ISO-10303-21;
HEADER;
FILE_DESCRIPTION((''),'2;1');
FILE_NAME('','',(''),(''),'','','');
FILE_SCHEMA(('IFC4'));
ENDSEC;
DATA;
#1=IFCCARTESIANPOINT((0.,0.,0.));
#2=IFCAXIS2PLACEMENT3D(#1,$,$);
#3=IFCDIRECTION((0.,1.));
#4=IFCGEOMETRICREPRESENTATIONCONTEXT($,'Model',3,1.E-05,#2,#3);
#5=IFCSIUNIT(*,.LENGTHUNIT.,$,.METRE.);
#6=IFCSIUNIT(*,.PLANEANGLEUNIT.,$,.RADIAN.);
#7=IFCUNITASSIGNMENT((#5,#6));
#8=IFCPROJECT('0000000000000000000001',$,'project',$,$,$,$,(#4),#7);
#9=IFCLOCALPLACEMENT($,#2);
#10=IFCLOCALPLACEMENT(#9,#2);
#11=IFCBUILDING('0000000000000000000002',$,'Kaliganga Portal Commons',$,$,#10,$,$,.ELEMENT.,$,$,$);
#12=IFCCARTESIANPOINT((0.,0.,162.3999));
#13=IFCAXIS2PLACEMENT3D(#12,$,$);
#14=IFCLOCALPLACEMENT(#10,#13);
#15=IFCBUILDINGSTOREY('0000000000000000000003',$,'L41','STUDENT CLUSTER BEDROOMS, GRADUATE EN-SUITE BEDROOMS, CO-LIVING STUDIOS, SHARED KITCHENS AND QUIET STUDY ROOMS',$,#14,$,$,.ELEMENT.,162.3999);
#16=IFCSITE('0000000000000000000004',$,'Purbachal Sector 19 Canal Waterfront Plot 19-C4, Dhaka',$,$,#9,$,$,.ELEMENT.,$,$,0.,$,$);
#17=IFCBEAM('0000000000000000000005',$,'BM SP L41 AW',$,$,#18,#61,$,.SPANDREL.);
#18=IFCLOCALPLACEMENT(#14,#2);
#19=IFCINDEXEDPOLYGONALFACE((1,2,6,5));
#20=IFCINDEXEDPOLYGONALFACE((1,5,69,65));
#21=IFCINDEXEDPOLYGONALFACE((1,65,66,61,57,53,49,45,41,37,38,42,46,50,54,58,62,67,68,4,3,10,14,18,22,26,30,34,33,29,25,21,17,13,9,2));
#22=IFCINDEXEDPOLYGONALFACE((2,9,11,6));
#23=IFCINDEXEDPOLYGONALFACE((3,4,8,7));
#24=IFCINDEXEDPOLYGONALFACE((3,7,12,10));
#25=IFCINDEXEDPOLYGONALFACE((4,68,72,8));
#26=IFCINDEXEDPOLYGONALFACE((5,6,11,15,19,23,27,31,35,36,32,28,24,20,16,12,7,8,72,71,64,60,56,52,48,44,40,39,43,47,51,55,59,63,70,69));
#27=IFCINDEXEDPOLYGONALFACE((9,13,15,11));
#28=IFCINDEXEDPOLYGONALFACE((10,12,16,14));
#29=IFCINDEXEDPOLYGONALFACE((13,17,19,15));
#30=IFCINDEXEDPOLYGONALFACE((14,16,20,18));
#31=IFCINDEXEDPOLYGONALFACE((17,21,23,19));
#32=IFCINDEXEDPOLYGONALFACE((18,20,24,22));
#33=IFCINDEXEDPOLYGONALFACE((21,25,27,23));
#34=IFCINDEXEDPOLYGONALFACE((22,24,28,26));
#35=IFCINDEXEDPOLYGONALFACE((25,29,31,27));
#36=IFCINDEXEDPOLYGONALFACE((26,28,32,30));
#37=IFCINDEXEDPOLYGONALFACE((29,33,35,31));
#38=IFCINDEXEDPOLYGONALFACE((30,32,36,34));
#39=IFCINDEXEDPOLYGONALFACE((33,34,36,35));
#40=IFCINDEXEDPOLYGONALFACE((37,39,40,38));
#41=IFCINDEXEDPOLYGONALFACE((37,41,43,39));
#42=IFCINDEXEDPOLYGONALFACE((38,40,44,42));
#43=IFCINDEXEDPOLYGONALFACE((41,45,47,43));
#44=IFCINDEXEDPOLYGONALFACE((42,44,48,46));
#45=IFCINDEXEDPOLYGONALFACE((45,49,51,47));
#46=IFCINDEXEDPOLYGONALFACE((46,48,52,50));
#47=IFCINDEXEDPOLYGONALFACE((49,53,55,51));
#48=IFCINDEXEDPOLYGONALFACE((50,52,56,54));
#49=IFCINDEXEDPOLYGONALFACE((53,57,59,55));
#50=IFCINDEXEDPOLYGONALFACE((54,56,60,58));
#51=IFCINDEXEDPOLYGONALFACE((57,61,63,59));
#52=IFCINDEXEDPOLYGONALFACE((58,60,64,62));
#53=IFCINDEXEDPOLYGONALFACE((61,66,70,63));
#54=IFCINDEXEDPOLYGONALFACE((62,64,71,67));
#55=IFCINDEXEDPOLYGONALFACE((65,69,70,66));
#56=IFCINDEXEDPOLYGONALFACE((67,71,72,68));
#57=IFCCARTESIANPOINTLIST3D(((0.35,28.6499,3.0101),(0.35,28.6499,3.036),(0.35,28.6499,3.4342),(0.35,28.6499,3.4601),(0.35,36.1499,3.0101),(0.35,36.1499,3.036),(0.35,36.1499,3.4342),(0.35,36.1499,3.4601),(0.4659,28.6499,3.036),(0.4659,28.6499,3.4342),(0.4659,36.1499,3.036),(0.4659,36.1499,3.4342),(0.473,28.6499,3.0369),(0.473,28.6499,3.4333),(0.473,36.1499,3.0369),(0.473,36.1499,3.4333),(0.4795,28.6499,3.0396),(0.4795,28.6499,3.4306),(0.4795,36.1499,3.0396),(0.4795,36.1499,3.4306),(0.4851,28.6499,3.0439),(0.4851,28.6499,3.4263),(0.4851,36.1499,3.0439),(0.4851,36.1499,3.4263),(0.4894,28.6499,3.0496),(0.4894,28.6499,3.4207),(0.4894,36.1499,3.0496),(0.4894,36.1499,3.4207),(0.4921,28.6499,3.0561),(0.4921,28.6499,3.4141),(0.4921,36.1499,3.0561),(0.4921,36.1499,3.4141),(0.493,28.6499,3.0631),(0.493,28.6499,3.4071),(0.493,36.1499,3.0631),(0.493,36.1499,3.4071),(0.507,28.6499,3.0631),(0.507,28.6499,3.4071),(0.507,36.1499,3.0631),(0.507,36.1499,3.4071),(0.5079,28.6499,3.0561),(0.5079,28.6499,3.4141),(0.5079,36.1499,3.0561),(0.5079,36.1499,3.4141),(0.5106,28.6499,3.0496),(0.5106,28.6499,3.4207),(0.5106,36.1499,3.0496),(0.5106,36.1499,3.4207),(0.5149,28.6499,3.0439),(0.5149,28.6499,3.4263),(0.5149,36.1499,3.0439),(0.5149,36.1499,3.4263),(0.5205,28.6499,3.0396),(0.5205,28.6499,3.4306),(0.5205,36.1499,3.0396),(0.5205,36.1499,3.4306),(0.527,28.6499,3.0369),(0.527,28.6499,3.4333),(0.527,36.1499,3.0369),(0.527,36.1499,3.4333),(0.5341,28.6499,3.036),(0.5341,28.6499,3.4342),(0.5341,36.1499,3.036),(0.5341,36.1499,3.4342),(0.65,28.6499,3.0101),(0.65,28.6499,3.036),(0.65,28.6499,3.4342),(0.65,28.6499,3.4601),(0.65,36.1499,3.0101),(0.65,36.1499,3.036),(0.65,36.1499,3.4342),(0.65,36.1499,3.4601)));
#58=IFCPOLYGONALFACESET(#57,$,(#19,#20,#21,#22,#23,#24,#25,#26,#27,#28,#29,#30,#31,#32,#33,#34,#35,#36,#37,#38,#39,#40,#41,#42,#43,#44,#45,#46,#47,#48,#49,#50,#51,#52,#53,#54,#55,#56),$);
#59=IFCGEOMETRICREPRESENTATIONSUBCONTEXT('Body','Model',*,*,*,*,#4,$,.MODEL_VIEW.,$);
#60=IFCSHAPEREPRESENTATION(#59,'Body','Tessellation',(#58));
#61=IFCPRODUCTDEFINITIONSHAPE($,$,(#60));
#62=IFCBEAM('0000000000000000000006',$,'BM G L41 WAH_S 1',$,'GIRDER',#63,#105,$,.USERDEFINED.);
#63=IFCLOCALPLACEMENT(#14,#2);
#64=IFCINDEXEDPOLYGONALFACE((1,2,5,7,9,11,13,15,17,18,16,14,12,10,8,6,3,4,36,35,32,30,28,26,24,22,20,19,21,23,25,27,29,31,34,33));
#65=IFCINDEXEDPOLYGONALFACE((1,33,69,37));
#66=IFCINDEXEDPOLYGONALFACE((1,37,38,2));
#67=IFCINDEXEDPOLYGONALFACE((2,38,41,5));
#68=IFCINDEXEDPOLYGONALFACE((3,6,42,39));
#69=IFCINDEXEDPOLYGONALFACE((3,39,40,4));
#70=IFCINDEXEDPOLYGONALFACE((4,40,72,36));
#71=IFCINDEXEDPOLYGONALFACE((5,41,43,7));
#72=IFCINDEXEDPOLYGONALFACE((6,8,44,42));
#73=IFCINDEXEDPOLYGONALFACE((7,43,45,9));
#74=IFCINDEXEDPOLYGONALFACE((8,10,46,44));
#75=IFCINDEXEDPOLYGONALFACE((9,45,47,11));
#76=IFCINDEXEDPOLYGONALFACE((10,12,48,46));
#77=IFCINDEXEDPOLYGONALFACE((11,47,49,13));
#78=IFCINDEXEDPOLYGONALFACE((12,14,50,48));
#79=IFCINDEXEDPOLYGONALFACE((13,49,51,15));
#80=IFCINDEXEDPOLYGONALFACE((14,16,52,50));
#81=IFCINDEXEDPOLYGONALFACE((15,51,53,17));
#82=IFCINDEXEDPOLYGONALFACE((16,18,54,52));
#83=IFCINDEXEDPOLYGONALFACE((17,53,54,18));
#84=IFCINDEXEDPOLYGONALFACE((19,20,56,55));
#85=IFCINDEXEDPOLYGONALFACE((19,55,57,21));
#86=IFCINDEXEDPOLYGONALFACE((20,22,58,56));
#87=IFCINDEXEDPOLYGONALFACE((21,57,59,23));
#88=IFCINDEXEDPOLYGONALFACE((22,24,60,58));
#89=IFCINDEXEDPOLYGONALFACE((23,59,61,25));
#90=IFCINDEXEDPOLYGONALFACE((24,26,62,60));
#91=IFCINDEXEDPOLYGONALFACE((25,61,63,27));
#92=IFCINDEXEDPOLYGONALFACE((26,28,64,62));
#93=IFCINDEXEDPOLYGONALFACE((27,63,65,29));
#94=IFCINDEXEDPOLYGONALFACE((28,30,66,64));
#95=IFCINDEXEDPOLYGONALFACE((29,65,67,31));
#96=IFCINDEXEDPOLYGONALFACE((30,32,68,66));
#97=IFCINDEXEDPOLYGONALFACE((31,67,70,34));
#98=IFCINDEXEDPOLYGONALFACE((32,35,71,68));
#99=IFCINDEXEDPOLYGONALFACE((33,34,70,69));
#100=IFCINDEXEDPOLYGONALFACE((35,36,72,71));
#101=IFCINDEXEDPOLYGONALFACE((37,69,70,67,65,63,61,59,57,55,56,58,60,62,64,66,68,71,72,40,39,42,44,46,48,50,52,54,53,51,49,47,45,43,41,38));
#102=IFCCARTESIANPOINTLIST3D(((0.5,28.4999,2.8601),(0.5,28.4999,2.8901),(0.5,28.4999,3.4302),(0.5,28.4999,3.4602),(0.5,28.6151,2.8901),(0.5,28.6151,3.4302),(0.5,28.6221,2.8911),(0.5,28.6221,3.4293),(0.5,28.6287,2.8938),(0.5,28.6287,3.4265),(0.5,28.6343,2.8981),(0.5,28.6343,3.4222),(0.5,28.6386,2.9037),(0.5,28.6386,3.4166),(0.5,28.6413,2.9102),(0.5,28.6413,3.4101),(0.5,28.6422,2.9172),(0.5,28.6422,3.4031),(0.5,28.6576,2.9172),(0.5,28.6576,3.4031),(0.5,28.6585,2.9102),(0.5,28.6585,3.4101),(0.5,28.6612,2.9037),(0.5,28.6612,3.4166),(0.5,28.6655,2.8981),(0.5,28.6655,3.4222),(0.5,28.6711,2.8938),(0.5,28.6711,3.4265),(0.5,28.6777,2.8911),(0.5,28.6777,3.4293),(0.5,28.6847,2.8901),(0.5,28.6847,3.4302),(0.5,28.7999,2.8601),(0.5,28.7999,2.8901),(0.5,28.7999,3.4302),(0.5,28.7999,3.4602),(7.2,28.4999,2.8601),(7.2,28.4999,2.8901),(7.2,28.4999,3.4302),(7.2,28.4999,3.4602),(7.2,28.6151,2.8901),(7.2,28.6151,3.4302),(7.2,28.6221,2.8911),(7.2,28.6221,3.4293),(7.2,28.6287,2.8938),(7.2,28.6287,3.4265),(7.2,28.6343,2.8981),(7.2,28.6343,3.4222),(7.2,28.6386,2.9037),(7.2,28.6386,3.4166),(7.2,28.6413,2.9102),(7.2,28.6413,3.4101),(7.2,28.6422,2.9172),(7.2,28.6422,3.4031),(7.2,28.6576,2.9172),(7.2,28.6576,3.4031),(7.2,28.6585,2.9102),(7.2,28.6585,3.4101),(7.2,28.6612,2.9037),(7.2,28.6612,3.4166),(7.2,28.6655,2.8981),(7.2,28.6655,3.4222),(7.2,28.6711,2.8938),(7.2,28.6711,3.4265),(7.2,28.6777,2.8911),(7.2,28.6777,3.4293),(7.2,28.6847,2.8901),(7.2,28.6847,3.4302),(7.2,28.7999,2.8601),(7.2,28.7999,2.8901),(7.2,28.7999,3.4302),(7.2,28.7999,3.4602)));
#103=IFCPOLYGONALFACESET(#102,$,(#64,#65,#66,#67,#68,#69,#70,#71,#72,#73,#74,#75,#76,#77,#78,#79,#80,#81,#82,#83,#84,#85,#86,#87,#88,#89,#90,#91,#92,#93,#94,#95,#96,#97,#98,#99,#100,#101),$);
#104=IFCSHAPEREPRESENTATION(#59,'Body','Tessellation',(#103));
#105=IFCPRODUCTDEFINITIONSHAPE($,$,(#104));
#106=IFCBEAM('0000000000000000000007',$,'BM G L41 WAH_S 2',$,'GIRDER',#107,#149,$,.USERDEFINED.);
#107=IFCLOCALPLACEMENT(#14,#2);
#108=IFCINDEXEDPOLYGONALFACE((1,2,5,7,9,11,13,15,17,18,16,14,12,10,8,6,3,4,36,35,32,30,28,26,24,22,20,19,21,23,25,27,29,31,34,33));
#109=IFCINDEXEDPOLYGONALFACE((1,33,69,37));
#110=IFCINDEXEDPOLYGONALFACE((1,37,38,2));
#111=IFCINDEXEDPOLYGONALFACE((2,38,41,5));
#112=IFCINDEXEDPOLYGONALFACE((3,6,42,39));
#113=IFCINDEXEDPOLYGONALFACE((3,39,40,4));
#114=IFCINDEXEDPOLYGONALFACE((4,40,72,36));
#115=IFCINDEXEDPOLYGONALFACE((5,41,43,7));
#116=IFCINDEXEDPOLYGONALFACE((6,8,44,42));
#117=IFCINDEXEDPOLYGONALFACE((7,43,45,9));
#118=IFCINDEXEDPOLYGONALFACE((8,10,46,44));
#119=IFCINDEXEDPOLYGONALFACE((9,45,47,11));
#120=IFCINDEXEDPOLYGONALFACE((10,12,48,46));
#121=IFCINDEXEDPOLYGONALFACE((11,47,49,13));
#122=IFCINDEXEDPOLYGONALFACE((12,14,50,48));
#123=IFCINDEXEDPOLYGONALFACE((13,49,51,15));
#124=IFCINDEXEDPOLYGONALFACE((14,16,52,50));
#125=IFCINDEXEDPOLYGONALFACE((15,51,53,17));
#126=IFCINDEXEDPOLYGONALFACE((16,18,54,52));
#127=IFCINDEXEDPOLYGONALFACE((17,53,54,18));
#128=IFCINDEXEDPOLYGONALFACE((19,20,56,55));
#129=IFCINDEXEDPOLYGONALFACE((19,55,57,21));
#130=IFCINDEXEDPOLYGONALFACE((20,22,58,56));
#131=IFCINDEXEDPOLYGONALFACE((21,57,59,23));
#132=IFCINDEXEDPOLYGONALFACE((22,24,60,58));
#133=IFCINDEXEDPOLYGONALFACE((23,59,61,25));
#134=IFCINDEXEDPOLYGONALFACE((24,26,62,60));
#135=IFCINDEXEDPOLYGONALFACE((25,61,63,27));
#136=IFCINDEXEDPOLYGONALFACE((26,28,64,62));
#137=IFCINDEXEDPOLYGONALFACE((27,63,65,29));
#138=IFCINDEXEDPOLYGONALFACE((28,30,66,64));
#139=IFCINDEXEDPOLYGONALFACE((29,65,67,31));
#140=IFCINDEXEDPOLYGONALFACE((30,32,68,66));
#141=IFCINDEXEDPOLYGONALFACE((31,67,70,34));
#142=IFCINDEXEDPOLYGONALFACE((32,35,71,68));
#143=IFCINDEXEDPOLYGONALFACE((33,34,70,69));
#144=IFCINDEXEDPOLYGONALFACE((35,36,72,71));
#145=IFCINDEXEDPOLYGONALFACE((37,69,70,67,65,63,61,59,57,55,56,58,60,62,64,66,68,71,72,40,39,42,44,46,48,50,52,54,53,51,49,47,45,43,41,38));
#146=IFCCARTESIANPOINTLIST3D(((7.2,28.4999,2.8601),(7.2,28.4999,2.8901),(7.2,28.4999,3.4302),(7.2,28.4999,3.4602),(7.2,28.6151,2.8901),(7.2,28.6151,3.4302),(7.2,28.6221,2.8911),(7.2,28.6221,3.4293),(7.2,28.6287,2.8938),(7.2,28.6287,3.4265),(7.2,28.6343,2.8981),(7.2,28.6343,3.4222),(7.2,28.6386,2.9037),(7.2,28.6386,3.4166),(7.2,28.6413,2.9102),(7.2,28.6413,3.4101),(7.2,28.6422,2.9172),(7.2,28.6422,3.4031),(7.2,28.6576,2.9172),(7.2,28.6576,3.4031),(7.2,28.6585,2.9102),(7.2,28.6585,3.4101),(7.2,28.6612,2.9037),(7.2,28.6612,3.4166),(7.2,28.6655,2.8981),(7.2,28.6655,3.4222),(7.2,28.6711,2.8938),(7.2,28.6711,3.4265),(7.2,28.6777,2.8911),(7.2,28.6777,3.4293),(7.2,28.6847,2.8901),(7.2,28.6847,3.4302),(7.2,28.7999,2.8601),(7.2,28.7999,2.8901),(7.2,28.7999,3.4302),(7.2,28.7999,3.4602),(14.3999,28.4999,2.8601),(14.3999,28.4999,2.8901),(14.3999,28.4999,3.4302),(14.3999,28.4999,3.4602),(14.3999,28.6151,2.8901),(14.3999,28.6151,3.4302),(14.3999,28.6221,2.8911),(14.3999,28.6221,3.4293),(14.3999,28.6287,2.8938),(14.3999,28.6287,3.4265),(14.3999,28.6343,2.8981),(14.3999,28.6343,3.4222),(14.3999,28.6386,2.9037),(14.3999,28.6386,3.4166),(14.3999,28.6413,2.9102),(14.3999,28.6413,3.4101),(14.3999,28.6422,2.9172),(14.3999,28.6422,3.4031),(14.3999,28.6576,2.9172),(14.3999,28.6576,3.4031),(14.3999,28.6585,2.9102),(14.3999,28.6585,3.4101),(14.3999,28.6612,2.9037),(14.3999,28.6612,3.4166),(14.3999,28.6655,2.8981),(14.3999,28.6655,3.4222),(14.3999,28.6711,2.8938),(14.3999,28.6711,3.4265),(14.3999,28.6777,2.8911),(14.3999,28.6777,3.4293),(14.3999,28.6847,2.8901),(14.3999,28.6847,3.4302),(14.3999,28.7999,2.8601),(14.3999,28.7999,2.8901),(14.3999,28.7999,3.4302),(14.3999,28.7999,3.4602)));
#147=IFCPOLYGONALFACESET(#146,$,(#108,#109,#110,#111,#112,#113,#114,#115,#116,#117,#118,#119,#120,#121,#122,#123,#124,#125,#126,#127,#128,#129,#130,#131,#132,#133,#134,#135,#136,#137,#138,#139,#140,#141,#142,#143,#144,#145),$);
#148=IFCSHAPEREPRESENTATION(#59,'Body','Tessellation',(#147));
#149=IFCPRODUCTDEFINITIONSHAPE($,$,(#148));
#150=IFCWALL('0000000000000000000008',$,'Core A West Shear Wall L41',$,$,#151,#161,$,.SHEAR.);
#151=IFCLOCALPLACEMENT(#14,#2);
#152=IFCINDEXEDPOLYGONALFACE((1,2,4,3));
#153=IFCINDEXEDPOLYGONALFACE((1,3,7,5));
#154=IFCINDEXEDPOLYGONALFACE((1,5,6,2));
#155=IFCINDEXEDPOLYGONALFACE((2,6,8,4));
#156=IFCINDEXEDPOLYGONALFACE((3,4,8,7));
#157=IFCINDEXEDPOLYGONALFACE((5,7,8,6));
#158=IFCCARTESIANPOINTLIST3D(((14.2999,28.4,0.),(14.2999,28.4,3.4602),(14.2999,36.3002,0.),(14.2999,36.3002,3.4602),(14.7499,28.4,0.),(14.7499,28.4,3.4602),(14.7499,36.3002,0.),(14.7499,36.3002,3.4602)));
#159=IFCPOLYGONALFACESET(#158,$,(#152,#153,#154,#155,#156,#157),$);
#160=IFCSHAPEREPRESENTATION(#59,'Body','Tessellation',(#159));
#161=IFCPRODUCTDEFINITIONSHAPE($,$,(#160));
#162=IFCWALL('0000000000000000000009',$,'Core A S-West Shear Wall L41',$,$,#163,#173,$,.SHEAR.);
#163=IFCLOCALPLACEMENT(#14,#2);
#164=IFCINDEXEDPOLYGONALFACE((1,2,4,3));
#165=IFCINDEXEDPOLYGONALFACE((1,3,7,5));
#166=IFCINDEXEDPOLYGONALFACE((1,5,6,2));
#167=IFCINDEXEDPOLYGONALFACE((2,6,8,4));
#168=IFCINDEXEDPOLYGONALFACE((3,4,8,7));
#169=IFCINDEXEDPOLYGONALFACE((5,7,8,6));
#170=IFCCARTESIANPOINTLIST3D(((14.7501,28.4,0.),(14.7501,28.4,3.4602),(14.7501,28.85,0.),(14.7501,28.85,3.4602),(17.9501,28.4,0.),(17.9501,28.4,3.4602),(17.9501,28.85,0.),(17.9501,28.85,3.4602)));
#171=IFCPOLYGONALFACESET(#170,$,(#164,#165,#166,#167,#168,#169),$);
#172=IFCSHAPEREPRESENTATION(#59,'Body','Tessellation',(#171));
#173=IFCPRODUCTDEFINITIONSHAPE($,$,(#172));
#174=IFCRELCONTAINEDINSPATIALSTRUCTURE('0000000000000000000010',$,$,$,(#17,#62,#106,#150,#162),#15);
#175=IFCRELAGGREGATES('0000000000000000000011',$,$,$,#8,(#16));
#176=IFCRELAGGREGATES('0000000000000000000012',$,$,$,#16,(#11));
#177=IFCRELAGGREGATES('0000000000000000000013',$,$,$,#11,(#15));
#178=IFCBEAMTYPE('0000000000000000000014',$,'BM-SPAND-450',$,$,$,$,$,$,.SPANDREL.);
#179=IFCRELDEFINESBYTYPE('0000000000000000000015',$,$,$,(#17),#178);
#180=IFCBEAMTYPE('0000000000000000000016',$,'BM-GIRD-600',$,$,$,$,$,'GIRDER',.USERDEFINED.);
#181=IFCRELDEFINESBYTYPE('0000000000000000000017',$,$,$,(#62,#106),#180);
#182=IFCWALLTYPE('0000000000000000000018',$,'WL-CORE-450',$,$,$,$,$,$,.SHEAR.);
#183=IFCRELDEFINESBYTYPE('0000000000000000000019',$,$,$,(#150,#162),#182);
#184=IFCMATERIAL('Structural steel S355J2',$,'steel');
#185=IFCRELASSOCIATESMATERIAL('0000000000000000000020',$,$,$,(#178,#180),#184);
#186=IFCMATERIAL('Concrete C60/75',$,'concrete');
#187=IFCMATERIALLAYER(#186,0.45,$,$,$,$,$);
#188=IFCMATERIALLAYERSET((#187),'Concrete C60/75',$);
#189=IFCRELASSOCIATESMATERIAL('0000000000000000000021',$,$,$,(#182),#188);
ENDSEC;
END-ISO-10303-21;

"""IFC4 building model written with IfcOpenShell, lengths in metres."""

from ifc_helpers import new_model, si_unit, direction, frame, frame_2d, origin, origin_2d, place, context, subcontext, project, spatial, rectangle, i_section, extrude, source, transform, mapped, material, layer, layer_set, material_profile, profile_set, type_object, element, save


model = new_model("IFC4")

# Units and contexts
model_context = context("Model", 3, precision=1e-05, world=origin(), true_north=direction((0.0, 1.0)))
body_context = subcontext(model_context, "Body", "Model", "MODEL_VIEW")
ifc_project = project(units=[si_unit("LENGTHUNIT", "METRE"), si_unit("PLANEANGLEUNIT", "RADIAN")], contexts=[model_context])

# Site, building, storey
site_placement = place(None, origin())
site = spatial("IfcSite", under=ifc_project, at=site_placement, Name="Purbachal Sector 19 Canal Waterfront Plot 19-C4, Dhaka", CompositionType="ELEMENT", RefElevation=0.0)
building_placement = place(site_placement, origin())
building = spatial("IfcBuilding", under=site, at=building_placement, Name="Kaliganga Portal Commons", CompositionType="ELEMENT")
storey_placement = place(building_placement, frame((0.0, 0.0, 162.3999)))
storey = spatial("IfcBuildingStorey", under=building, at=storey_placement, Name="L41", Description="STUDENT CLUSTER BEDROOMS, GRADUATE EN-SUITE BEDROOMS, CO-LIVING STUDIOS, SHARED KITCHENS AND QUIET STUDY ROOMS", CompositionType="ELEMENT", Elevation=162.3999)

# Shared definitions
ifc_material_1 = material(Name="Concrete C60/75", Category="concrete")

# Beams
ifc_material_2 = material(Name="Structural steel S355J2", Category="steel")
ifc_material_profile_1 = material_profile(ifc_material_2, i_section(OverallWidth=0.3, OverallDepth=0.45, WebThickness=0.0139, FlangeThickness=0.0259, FilletRadius=0.0271, at=origin_2d()), Name="HE 450 B")
ifc_profile_set_1 = profile_set([ifc_material_profile_1], Name="Structural steel S355J2 wide-flange")
beam_type_1 = type_object("IfcBeamType", Name="BM-SPAND-450", PredefinedType="SPANDREL", material=ifc_profile_set_1)
shared_shape_1 = source(origin(), body_context, "Body", "SweptSolid", [
    extrude(i_section(OverallWidth=0.3, OverallDepth=0.45, WebThickness=0.0139, FlangeThickness=0.0259, FilletRadius=0.0271, at=origin_2d()), origin(), (0.0, 0.0, 1.0), 7.5),
])
beam_1_placement = place(storey_placement, frame((0.5, 28.6499, 3.2351), z_axis=(0.0, 1.0, 0.0), x_axis=(-1.0, 0.0, 0.0)))
element("IfcBeam", 1, at=beam_1_placement, inside=storey, type_object=beam_type_1, Name="BM SP L41 AW", PredefinedType="SPANDREL", context=body_context, shape_type="MappedRepresentation", body=[
    mapped(shared_shape_1, transform((0.0, 0.0, 0.0), x_axis=(1.0, 0.0, 0.0), y_axis=(0.0, 1.0, 0.0), z_axis=(0.0, 0.0, 1.0), scale=1.0)),
])
ifc_material_profile_2 = material_profile(ifc_material_2, i_section(OverallWidth=0.3, OverallDepth=0.6001, WebThickness=0.0154, FlangeThickness=0.03, FilletRadius=0.0271, at=origin_2d()), Name="HE 600 B")
ifc_profile_set_2 = profile_set([ifc_material_profile_2], Name="Structural steel S355J2 wide-flange")
beam_type_2 = type_object("IfcBeamType", Name="BM-GIRD-600", ElementType="GIRDER", PredefinedType="USERDEFINED", material=ifc_profile_set_2)
shared_shape_2 = source(origin(), body_context, "Body", "SweptSolid", [
    extrude(i_section(OverallWidth=0.3, OverallDepth=0.6001, WebThickness=0.0154, FlangeThickness=0.03, FilletRadius=0.0271, at=origin_2d()), origin(), (0.0, 0.0, 1.0), 6.7),
])
beam_2_placement = place(storey_placement, frame((0.5, 28.6499, 3.1602), z_axis=(1.0, 0.0, 0.0), x_axis=(0.0, 1.0, 0.0)))
element("IfcBeam", 2, at=beam_2_placement, inside=storey, type_object=beam_type_2, Name="BM G L41 WAH_S 1", ObjectType="GIRDER", PredefinedType="USERDEFINED", context=body_context, shape_type="MappedRepresentation", body=[
    mapped(shared_shape_2, transform((0.0, 0.0, 0.0), x_axis=(1.0, 0.0, 0.0), y_axis=(0.0, 1.0, 0.0), z_axis=(0.0, 0.0, 1.0), scale=1.0)),
])
shared_shape_3 = source(origin(), body_context, "Body", "SweptSolid", [
    extrude(i_section(OverallWidth=0.3, OverallDepth=0.6001, WebThickness=0.0154, FlangeThickness=0.03, FilletRadius=0.0271, at=origin_2d()), origin(), (0.0, 0.0, 1.0), 7.2),
])
beam_3_placement = place(storey_placement, frame((7.2, 28.6499, 3.1602), z_axis=(1.0, 0.0, 0.0), x_axis=(0.0, 1.0, 0.0)))
element("IfcBeam", 3, at=beam_3_placement, inside=storey, type_object=beam_type_2, Name="BM G L41 WAH_S 2", ObjectType="GIRDER", PredefinedType="USERDEFINED", context=body_context, shape_type="MappedRepresentation", body=[
    mapped(shared_shape_3, transform((0.0, 0.0, 0.0), x_axis=(1.0, 0.0, 0.0), y_axis=(0.0, 1.0, 0.0), z_axis=(0.0, 0.0, 1.0), scale=1.0)),
])

# Walls
ifc_layer_1 = layer(ifc_material_1, 0.45)
ifc_layer_set_1 = layer_set([ifc_layer_1], Name="Concrete C60/75")
wall_type_1 = type_object("IfcWallType", Name="WL-CORE-450", PredefinedType="SHEAR", material=ifc_layer_set_1)
wall_1_placement = place(storey_placement, frame((14.5249, 28.3999, 0.0), z_axis=(0.0, 0.0, 1.0), x_axis=(0.0, 1.0, 0.0)))
element("IfcWall", 4, at=wall_1_placement, inside=storey, type_object=wall_type_1, Name="Core A West Shear Wall L41", PredefinedType="SHEAR", context=body_context, shape_type="SweptSolid", body=[
    extrude(rectangle(XDim=7.9001, YDim=0.45, at=frame_2d((3.9502, 0.0))), origin(), (0.0, 0.0, 1.0), 3.4602),
])
wall_2_placement = place(storey_placement, frame((14.75, 28.625, 0.0), z_axis=(0.0, 0.0, 1.0), x_axis=(1.0, 0.0, 0.0)))
element("IfcWall", 5, at=wall_2_placement, inside=storey, type_object=wall_type_1, Name="Core A S-West Shear Wall L41", PredefinedType="SHEAR", context=body_context, shape_type="SweptSolid", body=[
    extrude(rectangle(XDim=3.2, YDim=0.45, at=frame_2d((1.6001, 0.0))), origin(), (0.0, 0.0, 1.0), 3.4602),
])

save(model, "model.ifc")
